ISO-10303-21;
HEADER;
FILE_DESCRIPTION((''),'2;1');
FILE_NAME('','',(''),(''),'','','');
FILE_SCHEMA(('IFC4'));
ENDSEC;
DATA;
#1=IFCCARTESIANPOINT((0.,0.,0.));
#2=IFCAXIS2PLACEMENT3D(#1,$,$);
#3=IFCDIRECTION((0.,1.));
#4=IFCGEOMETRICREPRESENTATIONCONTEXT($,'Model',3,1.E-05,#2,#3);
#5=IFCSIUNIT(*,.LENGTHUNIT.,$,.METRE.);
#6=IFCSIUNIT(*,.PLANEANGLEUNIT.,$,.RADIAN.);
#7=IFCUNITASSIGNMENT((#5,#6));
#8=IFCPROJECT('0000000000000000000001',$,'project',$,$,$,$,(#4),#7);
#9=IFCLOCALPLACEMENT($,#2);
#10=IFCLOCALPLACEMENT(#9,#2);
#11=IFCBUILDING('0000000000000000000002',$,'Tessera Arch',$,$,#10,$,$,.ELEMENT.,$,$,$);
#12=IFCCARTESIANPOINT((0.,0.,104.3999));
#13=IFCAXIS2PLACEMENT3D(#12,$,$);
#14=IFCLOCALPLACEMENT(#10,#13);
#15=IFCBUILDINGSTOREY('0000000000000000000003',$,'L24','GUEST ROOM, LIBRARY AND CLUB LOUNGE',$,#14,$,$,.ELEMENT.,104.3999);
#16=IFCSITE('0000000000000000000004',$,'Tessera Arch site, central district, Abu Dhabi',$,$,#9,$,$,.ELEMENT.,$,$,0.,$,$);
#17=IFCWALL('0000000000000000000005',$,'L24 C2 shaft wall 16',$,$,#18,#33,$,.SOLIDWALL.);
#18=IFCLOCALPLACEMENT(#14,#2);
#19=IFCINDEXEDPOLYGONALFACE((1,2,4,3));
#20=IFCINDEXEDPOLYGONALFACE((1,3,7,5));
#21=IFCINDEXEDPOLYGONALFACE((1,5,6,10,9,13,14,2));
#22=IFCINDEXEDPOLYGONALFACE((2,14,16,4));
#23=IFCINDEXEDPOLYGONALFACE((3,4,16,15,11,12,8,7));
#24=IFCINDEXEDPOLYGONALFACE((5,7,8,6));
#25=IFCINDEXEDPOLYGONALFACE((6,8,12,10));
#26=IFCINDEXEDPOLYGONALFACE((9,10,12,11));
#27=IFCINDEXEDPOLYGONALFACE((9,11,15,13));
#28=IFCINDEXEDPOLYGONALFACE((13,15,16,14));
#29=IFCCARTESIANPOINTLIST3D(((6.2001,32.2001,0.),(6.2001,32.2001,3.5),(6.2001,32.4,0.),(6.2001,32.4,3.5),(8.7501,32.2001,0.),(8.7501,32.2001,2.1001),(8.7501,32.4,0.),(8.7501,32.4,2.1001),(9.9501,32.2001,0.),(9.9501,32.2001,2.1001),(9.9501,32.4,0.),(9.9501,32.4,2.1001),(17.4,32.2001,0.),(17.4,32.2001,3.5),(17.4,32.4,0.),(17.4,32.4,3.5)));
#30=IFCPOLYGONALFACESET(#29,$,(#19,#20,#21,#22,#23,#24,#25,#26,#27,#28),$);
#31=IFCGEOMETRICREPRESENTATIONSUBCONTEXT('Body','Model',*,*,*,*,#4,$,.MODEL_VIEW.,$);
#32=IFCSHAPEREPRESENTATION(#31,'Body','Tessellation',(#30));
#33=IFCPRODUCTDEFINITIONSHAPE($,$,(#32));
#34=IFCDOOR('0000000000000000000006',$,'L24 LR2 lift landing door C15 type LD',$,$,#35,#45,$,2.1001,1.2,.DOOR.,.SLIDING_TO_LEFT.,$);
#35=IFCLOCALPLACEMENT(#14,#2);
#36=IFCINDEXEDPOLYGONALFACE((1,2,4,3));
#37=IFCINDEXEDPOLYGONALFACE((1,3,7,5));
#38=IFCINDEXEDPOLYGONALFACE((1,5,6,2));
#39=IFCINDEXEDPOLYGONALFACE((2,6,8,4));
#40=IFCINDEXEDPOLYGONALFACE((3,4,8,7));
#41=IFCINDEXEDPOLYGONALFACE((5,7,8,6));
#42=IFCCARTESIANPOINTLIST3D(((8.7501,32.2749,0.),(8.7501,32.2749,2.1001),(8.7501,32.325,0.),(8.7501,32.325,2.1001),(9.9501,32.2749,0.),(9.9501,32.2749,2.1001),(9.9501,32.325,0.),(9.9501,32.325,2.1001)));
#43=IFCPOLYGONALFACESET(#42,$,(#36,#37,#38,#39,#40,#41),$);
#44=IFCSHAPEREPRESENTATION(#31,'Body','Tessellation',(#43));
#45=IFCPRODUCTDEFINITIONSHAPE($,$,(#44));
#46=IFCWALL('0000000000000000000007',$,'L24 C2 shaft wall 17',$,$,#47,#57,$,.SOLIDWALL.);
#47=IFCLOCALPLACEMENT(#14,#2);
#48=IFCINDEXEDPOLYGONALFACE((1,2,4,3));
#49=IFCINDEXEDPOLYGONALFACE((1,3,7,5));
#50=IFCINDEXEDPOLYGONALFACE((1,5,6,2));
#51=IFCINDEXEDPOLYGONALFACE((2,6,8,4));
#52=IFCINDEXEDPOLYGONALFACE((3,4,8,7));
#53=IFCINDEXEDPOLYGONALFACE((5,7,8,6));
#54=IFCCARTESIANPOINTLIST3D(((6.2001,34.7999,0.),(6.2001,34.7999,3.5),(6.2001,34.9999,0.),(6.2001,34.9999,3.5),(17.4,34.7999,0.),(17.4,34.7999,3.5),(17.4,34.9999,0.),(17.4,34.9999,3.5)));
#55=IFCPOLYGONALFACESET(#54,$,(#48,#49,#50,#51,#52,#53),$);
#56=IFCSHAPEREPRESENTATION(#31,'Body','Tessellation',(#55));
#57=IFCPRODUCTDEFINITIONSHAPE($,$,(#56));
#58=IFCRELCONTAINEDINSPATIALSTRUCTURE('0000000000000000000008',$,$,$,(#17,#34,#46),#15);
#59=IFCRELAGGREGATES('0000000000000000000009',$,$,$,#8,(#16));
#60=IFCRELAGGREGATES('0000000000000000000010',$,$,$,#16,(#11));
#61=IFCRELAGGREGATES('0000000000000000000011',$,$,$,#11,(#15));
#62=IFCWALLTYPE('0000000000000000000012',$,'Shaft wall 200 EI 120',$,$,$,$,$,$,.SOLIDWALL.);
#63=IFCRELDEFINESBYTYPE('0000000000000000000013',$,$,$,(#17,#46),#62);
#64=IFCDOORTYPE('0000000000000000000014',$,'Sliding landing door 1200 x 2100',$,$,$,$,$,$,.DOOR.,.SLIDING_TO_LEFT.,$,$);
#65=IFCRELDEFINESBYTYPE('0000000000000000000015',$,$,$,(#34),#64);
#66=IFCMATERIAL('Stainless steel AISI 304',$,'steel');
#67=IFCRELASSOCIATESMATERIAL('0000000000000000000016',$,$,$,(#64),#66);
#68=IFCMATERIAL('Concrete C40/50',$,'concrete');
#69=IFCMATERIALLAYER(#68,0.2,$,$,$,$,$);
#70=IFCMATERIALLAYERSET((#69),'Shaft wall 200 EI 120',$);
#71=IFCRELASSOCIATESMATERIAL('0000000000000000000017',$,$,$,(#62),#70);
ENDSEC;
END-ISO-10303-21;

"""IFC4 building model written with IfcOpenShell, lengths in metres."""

from ifc_helpers import new_model, si_unit, direction, frame, frame_2d, origin, place, context, subcontext, project, spatial, rectangle, extrude, material, layer, layer_set, type_object, element, fill, save


model = new_model("IFC4")

# Units and contexts
model_context = context("Model", 3, precision=1e-05, world=origin(), true_north=direction((0.0, 1.0)))
body_context = subcontext(model_context, "Body", "Model", "MODEL_VIEW")
ifc_project = project(units=[si_unit("LENGTHUNIT", "METRE"), si_unit("PLANEANGLEUNIT", "RADIAN")], contexts=[model_context])

# Site, building, storey
site_placement = place(None, origin())
site = spatial("IfcSite", under=ifc_project, at=site_placement, Name="Tessera Arch site, central district, Abu Dhabi", CompositionType="ELEMENT", RefElevation=0.0)
building_placement = place(site_placement, origin())
building = spatial("IfcBuilding", under=site, at=building_placement, Name="Tessera Arch", CompositionType="ELEMENT")
storey_placement = place(building_placement, frame((0.0, 0.0, 104.3999)))
storey = spatial("IfcBuildingStorey", under=building, at=storey_placement, Name="L24", Description="GUEST ROOM, LIBRARY AND CLUB LOUNGE", CompositionType="ELEMENT", Elevation=104.3999)

# Shared definitions
ifc_material_1 = material(Name="Stainless steel AISI 304", Category="steel")
door_type_1 = type_object("IfcDoorType", Name="Sliding landing door 1200 x 2100", OperationType="SLIDING_TO_LEFT", PredefinedType="DOOR", material=ifc_material_1)

# Shared definitions
ifc_material_2 = material(Name="Concrete C40/50", Category="concrete")
ifc_layer_1 = layer(ifc_material_2, 0.2)
ifc_layer_set_1 = layer_set([ifc_layer_1], Name="Shaft wall 200 EI 120")
wall_type_1 = type_object("IfcWallType", Name="Shaft wall 200 EI 120", PredefinedType="SOLIDWALL", material=ifc_layer_set_1)

# Wall, opening, door
wall_1_placement = place(storey_placement, frame((6.2, 32.3, 0.0), z_axis=(0.0, 0.0, 1.0), x_axis=(1.0, 0.0, 0.0)))
wall_1 = element("IfcWall", 1, at=wall_1_placement, inside=storey, type_object=wall_type_1, Name="L24 C2 shaft wall 16", PredefinedType="SOLIDWALL", context=body_context, shape_type="SweptSolid", body=[
    extrude(rectangle(XDim=11.2, YDim=0.2, at=frame_2d((5.6001, 0.0))), origin(), (0.0, 0.0, 1.0), 3.5),
])
opening_1_placement = place(wall_1_placement, frame((2.55, 0.0, 0.0)))
opening_1 = element("IfcOpeningElement", 2, at=opening_1_placement, cuts=wall_1, PredefinedType="OPENING", context=body_context, shape_type="SweptSolid", body=[
    extrude(rectangle(XDim=1.2, YDim=2.1001, at=frame_2d((0.6001, 1.05))), frame((0.0, 0.1099, 0.0), z_axis=(0.0, -1.0, 0.0), x_axis=(1.0, 0.0, 0.0)), (0.0, 0.0, 1.0), 0.22),
])
door_1_placement = place(opening_1_placement, origin())
door_1 = element("IfcDoor", 3, at=door_1_placement, inside=storey, type_object=door_type_1, Name="L24 LR2 lift landing door C15 type LD", OperationType="SLIDING_TO_LEFT", OverallHeight=2.1001, OverallWidth=1.2, PredefinedType="DOOR", context=body_context, shape_type="SweptSolid", body=[
    extrude(rectangle(XDim=1.2, YDim=2.1001, at=frame_2d((0.6001, 1.05))), frame((0.0, 0.0249, 0.0), z_axis=(0.0, -1.0, 0.0), x_axis=(1.0, 0.0, 0.0)), (0.0, 0.0, 1.0), 0.05),
])
fill(opening_1, door_1)

# Wall
wall_2_placement = place(storey_placement, frame((6.2, 34.8999, 0.0), z_axis=(0.0, 0.0, 1.0), x_axis=(1.0, 0.0, 0.0)))
element("IfcWall", 4, at=wall_2_placement, inside=storey, type_object=wall_type_1, Name="L24 C2 shaft wall 17", PredefinedType="SOLIDWALL", context=body_context, shape_type="SweptSolid", body=[
    extrude(rectangle(XDim=11.2, YDim=0.2, at=frame_2d((5.6001, 0.0))), origin(), (0.0, 0.0, 1.0), 3.5),
])

save(model, "model.ifc")
